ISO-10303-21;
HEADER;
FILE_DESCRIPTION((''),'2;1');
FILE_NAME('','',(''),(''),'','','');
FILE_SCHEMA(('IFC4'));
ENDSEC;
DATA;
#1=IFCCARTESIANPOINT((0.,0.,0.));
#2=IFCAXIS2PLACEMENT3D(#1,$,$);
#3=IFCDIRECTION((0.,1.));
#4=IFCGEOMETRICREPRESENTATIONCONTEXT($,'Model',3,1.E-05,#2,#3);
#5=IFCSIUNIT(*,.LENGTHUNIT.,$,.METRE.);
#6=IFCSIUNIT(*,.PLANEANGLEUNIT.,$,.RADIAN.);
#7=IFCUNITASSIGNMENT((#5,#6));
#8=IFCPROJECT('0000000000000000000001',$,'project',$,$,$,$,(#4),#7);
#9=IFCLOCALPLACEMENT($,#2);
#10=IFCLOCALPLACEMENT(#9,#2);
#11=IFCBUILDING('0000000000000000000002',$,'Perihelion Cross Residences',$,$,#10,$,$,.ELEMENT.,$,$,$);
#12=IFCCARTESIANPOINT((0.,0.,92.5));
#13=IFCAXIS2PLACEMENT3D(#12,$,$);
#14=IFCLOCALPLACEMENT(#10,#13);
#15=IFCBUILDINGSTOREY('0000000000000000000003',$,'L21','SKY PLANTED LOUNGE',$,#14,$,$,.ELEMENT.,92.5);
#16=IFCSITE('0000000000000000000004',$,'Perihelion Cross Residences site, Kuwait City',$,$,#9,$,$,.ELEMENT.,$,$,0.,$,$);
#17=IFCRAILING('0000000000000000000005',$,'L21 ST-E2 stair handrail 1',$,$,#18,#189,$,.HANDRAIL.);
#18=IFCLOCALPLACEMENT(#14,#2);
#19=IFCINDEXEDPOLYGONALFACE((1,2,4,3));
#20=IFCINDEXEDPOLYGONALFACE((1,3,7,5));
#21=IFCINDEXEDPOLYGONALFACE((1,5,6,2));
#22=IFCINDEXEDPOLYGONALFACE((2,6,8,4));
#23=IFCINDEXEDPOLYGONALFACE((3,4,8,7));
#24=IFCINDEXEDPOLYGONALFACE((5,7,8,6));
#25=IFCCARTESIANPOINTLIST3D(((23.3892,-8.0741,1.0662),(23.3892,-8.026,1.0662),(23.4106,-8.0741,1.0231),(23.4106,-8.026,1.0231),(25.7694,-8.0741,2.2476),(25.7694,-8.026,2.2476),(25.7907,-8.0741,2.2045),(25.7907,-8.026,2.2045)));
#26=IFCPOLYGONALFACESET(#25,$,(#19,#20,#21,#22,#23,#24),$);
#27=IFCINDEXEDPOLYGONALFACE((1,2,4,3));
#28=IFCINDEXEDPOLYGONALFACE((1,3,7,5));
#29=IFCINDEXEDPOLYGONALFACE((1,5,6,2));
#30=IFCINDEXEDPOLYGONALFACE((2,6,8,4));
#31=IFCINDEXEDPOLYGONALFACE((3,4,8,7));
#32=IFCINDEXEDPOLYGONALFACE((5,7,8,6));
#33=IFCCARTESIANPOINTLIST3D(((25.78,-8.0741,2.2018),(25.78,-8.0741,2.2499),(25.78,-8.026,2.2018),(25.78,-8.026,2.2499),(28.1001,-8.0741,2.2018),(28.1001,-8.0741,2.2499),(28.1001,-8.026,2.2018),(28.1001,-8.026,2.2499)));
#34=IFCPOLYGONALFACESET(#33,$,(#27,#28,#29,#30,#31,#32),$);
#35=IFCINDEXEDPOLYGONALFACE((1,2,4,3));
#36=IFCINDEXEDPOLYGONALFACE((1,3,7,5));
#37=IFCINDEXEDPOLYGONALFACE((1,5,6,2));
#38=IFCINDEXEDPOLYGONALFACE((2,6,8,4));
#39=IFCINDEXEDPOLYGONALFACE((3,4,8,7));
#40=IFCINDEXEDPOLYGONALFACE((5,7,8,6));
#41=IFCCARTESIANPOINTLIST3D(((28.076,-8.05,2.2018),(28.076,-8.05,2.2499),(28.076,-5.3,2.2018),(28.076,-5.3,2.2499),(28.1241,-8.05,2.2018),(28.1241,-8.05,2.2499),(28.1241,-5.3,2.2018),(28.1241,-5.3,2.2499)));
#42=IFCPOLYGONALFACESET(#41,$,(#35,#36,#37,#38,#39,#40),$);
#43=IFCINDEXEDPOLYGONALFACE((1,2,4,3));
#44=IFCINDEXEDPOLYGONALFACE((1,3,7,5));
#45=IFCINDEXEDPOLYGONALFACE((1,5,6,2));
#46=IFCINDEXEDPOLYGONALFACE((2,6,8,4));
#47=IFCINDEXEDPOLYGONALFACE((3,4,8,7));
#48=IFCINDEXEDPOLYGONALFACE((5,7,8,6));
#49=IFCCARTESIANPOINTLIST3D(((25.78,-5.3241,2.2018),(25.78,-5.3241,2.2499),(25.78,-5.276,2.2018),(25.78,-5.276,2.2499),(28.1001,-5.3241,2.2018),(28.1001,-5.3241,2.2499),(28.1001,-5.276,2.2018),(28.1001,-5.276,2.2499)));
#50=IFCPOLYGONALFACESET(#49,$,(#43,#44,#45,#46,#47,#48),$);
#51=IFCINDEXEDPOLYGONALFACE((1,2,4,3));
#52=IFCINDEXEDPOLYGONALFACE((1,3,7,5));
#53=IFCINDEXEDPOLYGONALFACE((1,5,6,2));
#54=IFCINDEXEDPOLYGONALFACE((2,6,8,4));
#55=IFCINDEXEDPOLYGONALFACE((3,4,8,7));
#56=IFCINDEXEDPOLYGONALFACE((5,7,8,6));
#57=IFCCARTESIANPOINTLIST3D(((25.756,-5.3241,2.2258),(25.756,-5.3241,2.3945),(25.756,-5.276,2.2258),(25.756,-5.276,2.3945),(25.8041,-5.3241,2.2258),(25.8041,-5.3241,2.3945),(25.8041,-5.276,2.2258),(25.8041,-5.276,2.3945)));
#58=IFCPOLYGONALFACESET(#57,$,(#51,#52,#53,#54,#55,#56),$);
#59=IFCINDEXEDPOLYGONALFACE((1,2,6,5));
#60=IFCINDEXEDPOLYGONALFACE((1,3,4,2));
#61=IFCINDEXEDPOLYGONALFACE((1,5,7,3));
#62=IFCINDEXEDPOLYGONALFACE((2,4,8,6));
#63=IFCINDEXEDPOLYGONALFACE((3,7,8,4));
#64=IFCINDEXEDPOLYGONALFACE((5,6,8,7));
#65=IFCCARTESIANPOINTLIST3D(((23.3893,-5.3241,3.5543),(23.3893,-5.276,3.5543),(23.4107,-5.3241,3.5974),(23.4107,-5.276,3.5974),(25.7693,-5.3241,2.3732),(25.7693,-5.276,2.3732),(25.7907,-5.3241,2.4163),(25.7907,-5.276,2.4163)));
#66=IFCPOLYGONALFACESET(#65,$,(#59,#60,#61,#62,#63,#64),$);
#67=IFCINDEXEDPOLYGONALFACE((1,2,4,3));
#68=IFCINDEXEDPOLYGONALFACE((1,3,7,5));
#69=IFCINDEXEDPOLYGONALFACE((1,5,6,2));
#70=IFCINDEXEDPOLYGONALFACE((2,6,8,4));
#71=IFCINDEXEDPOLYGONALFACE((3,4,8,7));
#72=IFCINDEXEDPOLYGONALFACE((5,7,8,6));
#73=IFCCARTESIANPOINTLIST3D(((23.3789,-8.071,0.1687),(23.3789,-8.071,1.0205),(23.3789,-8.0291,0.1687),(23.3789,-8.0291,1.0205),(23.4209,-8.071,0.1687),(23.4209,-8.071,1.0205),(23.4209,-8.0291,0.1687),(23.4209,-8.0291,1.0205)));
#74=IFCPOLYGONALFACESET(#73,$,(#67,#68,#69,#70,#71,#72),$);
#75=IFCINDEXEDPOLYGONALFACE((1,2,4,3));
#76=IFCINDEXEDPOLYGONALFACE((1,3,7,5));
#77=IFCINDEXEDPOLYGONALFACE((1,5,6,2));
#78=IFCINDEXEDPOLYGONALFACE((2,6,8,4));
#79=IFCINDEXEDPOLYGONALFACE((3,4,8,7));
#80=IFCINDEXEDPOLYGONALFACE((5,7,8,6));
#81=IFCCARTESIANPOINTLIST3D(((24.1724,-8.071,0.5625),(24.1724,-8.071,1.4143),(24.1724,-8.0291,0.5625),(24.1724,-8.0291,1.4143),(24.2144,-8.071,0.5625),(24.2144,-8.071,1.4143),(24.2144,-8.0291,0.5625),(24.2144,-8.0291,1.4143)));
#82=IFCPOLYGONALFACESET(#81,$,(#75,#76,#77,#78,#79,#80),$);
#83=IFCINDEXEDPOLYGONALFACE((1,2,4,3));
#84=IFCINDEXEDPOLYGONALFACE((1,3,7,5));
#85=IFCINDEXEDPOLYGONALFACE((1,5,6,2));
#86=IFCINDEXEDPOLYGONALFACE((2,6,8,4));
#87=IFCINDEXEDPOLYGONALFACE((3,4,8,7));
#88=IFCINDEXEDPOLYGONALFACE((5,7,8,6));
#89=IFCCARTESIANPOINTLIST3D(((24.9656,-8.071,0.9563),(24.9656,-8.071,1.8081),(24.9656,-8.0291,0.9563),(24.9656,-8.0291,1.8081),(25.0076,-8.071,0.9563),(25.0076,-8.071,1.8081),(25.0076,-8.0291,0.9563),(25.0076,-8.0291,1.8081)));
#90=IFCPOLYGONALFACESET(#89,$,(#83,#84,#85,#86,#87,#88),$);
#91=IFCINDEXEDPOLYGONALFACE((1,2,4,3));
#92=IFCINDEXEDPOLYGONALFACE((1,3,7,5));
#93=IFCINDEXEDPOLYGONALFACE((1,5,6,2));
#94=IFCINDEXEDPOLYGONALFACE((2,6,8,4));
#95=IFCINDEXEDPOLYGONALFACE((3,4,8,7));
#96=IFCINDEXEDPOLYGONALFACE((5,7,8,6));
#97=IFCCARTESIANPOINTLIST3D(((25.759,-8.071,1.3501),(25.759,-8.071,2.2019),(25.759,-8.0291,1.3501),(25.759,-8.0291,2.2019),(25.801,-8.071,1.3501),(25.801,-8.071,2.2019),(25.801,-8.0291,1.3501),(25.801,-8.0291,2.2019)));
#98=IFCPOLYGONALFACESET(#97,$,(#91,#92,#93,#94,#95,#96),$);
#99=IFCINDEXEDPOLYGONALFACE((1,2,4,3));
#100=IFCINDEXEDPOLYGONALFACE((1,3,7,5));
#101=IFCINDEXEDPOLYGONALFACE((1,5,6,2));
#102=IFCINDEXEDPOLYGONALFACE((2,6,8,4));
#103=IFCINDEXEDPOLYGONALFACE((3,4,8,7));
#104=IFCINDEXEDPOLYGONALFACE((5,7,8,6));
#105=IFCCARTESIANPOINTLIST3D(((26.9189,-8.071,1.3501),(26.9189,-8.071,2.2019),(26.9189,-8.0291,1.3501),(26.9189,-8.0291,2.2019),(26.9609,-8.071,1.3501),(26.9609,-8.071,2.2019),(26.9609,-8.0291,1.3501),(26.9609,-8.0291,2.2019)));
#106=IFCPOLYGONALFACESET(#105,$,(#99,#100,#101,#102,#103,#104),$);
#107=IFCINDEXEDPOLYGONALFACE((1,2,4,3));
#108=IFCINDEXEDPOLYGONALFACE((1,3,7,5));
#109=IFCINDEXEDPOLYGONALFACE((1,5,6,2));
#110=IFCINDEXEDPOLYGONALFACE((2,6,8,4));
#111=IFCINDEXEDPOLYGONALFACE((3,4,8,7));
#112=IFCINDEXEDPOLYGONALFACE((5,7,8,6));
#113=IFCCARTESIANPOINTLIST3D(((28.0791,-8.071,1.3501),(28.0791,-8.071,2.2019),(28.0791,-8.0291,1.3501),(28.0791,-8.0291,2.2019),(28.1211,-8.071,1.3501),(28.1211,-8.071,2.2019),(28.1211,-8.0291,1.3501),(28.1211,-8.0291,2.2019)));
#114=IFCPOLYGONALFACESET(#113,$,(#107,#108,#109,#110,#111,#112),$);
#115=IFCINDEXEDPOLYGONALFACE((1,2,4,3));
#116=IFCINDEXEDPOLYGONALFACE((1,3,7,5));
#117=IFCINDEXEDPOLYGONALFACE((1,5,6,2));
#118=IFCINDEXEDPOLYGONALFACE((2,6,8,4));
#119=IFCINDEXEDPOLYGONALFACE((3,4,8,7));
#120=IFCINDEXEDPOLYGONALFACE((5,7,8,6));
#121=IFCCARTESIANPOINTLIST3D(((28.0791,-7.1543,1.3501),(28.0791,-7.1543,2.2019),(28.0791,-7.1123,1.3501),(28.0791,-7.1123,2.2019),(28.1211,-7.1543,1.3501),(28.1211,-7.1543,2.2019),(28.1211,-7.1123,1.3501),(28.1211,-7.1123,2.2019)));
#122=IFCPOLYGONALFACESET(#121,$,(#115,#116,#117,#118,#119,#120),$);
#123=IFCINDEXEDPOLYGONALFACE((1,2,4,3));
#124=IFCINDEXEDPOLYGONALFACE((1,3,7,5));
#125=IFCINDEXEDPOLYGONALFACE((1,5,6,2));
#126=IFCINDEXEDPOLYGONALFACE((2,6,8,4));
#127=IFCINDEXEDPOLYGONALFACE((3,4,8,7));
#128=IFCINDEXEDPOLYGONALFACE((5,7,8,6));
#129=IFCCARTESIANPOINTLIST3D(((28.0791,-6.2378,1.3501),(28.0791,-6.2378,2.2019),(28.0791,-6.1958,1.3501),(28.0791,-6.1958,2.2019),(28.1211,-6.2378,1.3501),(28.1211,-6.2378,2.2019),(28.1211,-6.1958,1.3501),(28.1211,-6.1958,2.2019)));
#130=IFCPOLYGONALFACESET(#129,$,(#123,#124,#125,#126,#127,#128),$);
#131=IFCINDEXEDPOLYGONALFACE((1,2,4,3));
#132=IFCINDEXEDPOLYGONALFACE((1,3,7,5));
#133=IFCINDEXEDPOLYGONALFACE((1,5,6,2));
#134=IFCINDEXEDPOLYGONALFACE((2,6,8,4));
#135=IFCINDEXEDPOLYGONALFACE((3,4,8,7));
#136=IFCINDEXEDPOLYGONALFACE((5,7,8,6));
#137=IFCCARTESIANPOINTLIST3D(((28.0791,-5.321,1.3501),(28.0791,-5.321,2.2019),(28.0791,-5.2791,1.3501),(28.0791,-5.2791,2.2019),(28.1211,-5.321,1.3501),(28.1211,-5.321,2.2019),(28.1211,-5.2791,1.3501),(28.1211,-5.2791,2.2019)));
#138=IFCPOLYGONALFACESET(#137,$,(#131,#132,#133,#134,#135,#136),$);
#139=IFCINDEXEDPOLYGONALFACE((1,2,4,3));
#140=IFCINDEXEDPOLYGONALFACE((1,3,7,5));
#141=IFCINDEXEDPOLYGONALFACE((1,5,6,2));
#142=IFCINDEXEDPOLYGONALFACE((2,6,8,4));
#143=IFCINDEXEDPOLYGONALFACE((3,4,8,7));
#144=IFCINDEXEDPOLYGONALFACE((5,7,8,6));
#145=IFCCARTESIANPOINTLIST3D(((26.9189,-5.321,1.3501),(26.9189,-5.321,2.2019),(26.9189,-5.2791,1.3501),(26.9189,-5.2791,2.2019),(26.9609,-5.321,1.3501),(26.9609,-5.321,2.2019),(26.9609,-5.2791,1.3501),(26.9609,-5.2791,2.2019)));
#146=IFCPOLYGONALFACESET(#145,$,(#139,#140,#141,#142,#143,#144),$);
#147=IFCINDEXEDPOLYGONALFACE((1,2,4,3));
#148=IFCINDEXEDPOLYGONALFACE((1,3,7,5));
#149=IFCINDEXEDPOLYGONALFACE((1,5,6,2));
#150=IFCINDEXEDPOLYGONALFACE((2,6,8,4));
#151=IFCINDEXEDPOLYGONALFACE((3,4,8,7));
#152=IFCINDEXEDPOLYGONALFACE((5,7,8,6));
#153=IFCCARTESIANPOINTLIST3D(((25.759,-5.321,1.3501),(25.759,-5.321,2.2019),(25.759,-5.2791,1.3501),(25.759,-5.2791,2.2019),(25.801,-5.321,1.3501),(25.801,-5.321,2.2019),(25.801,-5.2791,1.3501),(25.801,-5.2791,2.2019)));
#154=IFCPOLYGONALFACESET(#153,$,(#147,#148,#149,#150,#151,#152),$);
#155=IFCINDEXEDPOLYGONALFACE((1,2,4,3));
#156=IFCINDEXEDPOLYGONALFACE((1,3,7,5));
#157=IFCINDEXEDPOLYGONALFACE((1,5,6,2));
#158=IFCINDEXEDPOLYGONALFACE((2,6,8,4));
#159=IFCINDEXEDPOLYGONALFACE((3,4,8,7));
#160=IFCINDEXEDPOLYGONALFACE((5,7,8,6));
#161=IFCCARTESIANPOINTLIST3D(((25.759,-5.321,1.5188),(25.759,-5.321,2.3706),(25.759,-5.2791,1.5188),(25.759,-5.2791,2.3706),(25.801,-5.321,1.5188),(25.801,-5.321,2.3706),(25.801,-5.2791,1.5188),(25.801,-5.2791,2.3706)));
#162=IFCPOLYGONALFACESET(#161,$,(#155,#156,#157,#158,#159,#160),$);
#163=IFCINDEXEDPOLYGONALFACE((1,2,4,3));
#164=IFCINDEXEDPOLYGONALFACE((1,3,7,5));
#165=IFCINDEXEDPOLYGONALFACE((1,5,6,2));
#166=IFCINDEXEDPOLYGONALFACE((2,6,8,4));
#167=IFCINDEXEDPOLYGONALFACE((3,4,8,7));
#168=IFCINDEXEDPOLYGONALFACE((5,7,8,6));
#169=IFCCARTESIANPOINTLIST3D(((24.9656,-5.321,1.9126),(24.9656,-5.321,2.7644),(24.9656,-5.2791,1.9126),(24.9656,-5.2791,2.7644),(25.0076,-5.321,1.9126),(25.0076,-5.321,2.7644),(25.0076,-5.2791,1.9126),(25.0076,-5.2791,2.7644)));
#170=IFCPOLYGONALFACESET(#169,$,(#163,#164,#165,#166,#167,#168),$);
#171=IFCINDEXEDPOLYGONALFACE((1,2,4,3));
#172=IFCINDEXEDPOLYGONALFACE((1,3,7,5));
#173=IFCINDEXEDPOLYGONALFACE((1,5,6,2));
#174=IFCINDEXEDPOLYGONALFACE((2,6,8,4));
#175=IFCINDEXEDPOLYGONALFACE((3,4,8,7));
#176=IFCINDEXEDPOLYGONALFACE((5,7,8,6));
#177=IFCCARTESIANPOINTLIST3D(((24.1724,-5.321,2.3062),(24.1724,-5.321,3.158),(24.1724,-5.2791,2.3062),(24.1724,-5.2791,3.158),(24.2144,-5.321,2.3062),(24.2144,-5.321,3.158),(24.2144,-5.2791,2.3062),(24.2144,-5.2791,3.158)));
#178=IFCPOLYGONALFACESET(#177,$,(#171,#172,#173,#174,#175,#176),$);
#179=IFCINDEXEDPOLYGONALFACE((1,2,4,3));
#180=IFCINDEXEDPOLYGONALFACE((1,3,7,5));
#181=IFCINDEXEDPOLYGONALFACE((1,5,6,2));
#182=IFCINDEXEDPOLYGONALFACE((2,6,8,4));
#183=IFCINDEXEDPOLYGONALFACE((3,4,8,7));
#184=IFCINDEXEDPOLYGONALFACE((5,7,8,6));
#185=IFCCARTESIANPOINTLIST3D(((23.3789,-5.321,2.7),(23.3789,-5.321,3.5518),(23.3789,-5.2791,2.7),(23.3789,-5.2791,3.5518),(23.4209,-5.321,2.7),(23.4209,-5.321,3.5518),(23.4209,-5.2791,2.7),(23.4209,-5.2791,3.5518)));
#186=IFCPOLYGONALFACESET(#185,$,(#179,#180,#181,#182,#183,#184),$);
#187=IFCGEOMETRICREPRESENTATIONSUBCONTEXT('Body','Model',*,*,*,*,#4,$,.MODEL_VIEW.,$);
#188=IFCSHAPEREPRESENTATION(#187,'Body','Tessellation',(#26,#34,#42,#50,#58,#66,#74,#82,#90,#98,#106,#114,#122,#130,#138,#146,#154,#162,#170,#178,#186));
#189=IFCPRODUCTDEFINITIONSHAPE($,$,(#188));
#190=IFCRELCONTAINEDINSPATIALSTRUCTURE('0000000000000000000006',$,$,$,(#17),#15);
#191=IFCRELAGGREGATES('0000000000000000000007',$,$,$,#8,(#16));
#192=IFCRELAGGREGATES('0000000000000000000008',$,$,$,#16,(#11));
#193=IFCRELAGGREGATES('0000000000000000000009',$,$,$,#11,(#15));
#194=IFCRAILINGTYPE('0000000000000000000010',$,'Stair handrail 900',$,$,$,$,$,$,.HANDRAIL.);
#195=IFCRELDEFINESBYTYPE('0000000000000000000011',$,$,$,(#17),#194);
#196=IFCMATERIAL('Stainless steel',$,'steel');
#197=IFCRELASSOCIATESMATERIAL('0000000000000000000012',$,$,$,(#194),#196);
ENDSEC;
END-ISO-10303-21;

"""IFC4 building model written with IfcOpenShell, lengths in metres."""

from ifc_helpers import new_model, si_unit, direction, frame, origin, origin_2d, place, context, subcontext, project, spatial, rectangle, extrude, material, type_object, element, save


model = new_model("IFC4")

# Units and contexts
model_context = context("Model", 3, precision=1e-05, world=origin(), true_north=direction((0.0, 1.0)))
body_context = subcontext(model_context, "Body", "Model", "MODEL_VIEW")
ifc_project = project(units=[si_unit("LENGTHUNIT", "METRE"), si_unit("PLANEANGLEUNIT", "RADIAN")], contexts=[model_context])

# Site, building, storey
site_placement = place(None, origin())
site = spatial("IfcSite", under=ifc_project, at=site_placement, Name="Perihelion Cross Residences site, Kuwait City", CompositionType="ELEMENT", RefElevation=0.0)
building_placement = place(site_placement, origin())
building = spatial("IfcBuilding", under=site, at=building_placement, Name="Perihelion Cross Residences", CompositionType="ELEMENT")
storey_placement = place(building_placement, frame((0.0, 0.0, 92.5)))
storey = spatial("IfcBuildingStorey", under=building, at=storey_placement, Name="L21", Description="SKY PLANTED LOUNGE", CompositionType="ELEMENT", Elevation=92.5)

# Railing
ifc_material_1 = material(Name="Stainless steel", Category="steel")
railing_type_1 = type_object("IfcRailingType", Name="Stair handrail 900", PredefinedType="HANDRAIL", material=ifc_material_1)
railing_1_placement = place(storey_placement, frame((23.3999, -8.05, 0.1687)))
element("IfcRailing", 1, at=railing_1_placement, inside=storey, type_object=railing_type_1, Name="L21 ST-E2 stair handrail 1", PredefinedType="HANDRAIL", context=body_context, shape_type="SweptSolid", body=[
    extrude(rectangle(XDim=0.0481, YDim=0.0481, at=origin_2d()), frame((0.0, 0.0, 0.876), z_axis=(0.895728, 0.0, 0.444602), x_axis=(0.0, 1.0, 0.0)), (0.0, 0.0, 1.0), 2.6572),
    extrude(rectangle(XDim=0.0481, YDim=0.0481, at=origin_2d()), frame((2.3801, 0.0, 2.0571), z_axis=(1.0, 0.0, 0.0), x_axis=(0.0, 1.0, 0.0)), (0.0, 0.0, 1.0), 2.3201),
    extrude(rectangle(XDim=0.0481, YDim=0.0481, at=origin_2d()), frame((4.7002, 0.0, 2.0571), z_axis=(0.0, 1.0, 0.0), x_axis=(-1.0, 0.0, 0.0)), (0.0, 0.0, 1.0), 2.75),
    extrude(rectangle(XDim=0.0481, YDim=0.0481, at=origin_2d()), frame((4.7002, 2.75, 2.0571), z_axis=(-1.0, 0.0, 0.0), x_axis=(0.0, -1.0, 0.0)), (0.0, 0.0, 1.0), 2.3201),
    extrude(rectangle(XDim=0.0481, YDim=0.0481, at=origin_2d()), frame((2.3801, 2.75, 2.0571), z_axis=(0.0, 0.0, 1.0), x_axis=(1.0, 0.0, 0.0)), (0.0, 0.0, 1.0), 0.1687),
    extrude(rectangle(XDim=0.0481, YDim=0.0481, at=origin_2d()), frame((2.3801, 2.75, 2.2261), z_axis=(-0.895765, 0.0, 0.444529), x_axis=(0.0, -1.0, 0.0)), (0.0, 0.0, 1.0), 2.657),
    extrude(rectangle(XDim=0.042, YDim=0.042, at=origin_2d()), origin(), (0.0, 0.0, 1.0), 0.8518),
    extrude(rectangle(XDim=0.042, YDim=0.042, at=origin_2d()), frame((0.7935, 0.0, 0.3938)), (0.0, 0.0, 1.0), 0.8518),
    extrude(rectangle(XDim=0.042, YDim=0.042, at=origin_2d()), frame((1.5867, 0.0, 0.7876)), (0.0, 0.0, 1.0), 0.8518),
    extrude(rectangle(XDim=0.042, YDim=0.042, at=origin_2d()), frame((2.3801, 0.0, 1.1814)), (0.0, 0.0, 1.0), 0.8518),
    extrude(rectangle(XDim=0.042, YDim=0.042, at=origin_2d()), frame((3.54, 0.0, 1.1814)), (0.0, 0.0, 1.0), 0.8518),
    extrude(rectangle(XDim=0.042, YDim=0.042, at=origin_2d()), frame((4.7002, 0.0, 1.1814)), (0.0, 0.0, 1.0), 0.8518),
    extrude(rectangle(XDim=0.042, YDim=0.042, at=origin_2d()), frame((4.7002, 0.9167, 1.1814)), (0.0, 0.0, 1.0), 0.8518),
    extrude(rectangle(XDim=0.042, YDim=0.042, at=origin_2d()), frame((4.7002, 1.8333, 1.1814)), (0.0, 0.0, 1.0), 0.8518),
    extrude(rectangle(XDim=0.042, YDim=0.042, at=origin_2d()), frame((4.7002, 2.75, 1.1814)), (0.0, 0.0, 1.0), 0.8518),
    extrude(rectangle(XDim=0.042, YDim=0.042, at=origin_2d()), frame((3.54, 2.75, 1.1814)), (0.0, 0.0, 1.0), 0.8518),
    extrude(rectangle(XDim=0.042, YDim=0.042, at=origin_2d()), frame((2.3801, 2.75, 1.1814)), (0.0, 0.0, 1.0), 0.8518),
    extrude(rectangle(XDim=0.042, YDim=0.042, at=origin_2d()), frame((2.3801, 2.75, 1.3501)), (0.0, 0.0, 1.0), 0.8518),
    extrude(rectangle(XDim=0.042, YDim=0.042, at=origin_2d()), frame((1.5867, 2.75, 1.7439)), (0.0, 0.0, 1.0), 0.8518),
    extrude(rectangle(XDim=0.042, YDim=0.042, at=origin_2d()), frame((0.7935, 2.75, 2.1375)), (0.0, 0.0, 1.0), 0.8518),
    extrude(rectangle(XDim=0.042, YDim=0.042, at=origin_2d()), frame((0.0, 2.75, 2.5312)), (0.0, 0.0, 1.0), 0.8518),
])

save(model, "model.ifc")
